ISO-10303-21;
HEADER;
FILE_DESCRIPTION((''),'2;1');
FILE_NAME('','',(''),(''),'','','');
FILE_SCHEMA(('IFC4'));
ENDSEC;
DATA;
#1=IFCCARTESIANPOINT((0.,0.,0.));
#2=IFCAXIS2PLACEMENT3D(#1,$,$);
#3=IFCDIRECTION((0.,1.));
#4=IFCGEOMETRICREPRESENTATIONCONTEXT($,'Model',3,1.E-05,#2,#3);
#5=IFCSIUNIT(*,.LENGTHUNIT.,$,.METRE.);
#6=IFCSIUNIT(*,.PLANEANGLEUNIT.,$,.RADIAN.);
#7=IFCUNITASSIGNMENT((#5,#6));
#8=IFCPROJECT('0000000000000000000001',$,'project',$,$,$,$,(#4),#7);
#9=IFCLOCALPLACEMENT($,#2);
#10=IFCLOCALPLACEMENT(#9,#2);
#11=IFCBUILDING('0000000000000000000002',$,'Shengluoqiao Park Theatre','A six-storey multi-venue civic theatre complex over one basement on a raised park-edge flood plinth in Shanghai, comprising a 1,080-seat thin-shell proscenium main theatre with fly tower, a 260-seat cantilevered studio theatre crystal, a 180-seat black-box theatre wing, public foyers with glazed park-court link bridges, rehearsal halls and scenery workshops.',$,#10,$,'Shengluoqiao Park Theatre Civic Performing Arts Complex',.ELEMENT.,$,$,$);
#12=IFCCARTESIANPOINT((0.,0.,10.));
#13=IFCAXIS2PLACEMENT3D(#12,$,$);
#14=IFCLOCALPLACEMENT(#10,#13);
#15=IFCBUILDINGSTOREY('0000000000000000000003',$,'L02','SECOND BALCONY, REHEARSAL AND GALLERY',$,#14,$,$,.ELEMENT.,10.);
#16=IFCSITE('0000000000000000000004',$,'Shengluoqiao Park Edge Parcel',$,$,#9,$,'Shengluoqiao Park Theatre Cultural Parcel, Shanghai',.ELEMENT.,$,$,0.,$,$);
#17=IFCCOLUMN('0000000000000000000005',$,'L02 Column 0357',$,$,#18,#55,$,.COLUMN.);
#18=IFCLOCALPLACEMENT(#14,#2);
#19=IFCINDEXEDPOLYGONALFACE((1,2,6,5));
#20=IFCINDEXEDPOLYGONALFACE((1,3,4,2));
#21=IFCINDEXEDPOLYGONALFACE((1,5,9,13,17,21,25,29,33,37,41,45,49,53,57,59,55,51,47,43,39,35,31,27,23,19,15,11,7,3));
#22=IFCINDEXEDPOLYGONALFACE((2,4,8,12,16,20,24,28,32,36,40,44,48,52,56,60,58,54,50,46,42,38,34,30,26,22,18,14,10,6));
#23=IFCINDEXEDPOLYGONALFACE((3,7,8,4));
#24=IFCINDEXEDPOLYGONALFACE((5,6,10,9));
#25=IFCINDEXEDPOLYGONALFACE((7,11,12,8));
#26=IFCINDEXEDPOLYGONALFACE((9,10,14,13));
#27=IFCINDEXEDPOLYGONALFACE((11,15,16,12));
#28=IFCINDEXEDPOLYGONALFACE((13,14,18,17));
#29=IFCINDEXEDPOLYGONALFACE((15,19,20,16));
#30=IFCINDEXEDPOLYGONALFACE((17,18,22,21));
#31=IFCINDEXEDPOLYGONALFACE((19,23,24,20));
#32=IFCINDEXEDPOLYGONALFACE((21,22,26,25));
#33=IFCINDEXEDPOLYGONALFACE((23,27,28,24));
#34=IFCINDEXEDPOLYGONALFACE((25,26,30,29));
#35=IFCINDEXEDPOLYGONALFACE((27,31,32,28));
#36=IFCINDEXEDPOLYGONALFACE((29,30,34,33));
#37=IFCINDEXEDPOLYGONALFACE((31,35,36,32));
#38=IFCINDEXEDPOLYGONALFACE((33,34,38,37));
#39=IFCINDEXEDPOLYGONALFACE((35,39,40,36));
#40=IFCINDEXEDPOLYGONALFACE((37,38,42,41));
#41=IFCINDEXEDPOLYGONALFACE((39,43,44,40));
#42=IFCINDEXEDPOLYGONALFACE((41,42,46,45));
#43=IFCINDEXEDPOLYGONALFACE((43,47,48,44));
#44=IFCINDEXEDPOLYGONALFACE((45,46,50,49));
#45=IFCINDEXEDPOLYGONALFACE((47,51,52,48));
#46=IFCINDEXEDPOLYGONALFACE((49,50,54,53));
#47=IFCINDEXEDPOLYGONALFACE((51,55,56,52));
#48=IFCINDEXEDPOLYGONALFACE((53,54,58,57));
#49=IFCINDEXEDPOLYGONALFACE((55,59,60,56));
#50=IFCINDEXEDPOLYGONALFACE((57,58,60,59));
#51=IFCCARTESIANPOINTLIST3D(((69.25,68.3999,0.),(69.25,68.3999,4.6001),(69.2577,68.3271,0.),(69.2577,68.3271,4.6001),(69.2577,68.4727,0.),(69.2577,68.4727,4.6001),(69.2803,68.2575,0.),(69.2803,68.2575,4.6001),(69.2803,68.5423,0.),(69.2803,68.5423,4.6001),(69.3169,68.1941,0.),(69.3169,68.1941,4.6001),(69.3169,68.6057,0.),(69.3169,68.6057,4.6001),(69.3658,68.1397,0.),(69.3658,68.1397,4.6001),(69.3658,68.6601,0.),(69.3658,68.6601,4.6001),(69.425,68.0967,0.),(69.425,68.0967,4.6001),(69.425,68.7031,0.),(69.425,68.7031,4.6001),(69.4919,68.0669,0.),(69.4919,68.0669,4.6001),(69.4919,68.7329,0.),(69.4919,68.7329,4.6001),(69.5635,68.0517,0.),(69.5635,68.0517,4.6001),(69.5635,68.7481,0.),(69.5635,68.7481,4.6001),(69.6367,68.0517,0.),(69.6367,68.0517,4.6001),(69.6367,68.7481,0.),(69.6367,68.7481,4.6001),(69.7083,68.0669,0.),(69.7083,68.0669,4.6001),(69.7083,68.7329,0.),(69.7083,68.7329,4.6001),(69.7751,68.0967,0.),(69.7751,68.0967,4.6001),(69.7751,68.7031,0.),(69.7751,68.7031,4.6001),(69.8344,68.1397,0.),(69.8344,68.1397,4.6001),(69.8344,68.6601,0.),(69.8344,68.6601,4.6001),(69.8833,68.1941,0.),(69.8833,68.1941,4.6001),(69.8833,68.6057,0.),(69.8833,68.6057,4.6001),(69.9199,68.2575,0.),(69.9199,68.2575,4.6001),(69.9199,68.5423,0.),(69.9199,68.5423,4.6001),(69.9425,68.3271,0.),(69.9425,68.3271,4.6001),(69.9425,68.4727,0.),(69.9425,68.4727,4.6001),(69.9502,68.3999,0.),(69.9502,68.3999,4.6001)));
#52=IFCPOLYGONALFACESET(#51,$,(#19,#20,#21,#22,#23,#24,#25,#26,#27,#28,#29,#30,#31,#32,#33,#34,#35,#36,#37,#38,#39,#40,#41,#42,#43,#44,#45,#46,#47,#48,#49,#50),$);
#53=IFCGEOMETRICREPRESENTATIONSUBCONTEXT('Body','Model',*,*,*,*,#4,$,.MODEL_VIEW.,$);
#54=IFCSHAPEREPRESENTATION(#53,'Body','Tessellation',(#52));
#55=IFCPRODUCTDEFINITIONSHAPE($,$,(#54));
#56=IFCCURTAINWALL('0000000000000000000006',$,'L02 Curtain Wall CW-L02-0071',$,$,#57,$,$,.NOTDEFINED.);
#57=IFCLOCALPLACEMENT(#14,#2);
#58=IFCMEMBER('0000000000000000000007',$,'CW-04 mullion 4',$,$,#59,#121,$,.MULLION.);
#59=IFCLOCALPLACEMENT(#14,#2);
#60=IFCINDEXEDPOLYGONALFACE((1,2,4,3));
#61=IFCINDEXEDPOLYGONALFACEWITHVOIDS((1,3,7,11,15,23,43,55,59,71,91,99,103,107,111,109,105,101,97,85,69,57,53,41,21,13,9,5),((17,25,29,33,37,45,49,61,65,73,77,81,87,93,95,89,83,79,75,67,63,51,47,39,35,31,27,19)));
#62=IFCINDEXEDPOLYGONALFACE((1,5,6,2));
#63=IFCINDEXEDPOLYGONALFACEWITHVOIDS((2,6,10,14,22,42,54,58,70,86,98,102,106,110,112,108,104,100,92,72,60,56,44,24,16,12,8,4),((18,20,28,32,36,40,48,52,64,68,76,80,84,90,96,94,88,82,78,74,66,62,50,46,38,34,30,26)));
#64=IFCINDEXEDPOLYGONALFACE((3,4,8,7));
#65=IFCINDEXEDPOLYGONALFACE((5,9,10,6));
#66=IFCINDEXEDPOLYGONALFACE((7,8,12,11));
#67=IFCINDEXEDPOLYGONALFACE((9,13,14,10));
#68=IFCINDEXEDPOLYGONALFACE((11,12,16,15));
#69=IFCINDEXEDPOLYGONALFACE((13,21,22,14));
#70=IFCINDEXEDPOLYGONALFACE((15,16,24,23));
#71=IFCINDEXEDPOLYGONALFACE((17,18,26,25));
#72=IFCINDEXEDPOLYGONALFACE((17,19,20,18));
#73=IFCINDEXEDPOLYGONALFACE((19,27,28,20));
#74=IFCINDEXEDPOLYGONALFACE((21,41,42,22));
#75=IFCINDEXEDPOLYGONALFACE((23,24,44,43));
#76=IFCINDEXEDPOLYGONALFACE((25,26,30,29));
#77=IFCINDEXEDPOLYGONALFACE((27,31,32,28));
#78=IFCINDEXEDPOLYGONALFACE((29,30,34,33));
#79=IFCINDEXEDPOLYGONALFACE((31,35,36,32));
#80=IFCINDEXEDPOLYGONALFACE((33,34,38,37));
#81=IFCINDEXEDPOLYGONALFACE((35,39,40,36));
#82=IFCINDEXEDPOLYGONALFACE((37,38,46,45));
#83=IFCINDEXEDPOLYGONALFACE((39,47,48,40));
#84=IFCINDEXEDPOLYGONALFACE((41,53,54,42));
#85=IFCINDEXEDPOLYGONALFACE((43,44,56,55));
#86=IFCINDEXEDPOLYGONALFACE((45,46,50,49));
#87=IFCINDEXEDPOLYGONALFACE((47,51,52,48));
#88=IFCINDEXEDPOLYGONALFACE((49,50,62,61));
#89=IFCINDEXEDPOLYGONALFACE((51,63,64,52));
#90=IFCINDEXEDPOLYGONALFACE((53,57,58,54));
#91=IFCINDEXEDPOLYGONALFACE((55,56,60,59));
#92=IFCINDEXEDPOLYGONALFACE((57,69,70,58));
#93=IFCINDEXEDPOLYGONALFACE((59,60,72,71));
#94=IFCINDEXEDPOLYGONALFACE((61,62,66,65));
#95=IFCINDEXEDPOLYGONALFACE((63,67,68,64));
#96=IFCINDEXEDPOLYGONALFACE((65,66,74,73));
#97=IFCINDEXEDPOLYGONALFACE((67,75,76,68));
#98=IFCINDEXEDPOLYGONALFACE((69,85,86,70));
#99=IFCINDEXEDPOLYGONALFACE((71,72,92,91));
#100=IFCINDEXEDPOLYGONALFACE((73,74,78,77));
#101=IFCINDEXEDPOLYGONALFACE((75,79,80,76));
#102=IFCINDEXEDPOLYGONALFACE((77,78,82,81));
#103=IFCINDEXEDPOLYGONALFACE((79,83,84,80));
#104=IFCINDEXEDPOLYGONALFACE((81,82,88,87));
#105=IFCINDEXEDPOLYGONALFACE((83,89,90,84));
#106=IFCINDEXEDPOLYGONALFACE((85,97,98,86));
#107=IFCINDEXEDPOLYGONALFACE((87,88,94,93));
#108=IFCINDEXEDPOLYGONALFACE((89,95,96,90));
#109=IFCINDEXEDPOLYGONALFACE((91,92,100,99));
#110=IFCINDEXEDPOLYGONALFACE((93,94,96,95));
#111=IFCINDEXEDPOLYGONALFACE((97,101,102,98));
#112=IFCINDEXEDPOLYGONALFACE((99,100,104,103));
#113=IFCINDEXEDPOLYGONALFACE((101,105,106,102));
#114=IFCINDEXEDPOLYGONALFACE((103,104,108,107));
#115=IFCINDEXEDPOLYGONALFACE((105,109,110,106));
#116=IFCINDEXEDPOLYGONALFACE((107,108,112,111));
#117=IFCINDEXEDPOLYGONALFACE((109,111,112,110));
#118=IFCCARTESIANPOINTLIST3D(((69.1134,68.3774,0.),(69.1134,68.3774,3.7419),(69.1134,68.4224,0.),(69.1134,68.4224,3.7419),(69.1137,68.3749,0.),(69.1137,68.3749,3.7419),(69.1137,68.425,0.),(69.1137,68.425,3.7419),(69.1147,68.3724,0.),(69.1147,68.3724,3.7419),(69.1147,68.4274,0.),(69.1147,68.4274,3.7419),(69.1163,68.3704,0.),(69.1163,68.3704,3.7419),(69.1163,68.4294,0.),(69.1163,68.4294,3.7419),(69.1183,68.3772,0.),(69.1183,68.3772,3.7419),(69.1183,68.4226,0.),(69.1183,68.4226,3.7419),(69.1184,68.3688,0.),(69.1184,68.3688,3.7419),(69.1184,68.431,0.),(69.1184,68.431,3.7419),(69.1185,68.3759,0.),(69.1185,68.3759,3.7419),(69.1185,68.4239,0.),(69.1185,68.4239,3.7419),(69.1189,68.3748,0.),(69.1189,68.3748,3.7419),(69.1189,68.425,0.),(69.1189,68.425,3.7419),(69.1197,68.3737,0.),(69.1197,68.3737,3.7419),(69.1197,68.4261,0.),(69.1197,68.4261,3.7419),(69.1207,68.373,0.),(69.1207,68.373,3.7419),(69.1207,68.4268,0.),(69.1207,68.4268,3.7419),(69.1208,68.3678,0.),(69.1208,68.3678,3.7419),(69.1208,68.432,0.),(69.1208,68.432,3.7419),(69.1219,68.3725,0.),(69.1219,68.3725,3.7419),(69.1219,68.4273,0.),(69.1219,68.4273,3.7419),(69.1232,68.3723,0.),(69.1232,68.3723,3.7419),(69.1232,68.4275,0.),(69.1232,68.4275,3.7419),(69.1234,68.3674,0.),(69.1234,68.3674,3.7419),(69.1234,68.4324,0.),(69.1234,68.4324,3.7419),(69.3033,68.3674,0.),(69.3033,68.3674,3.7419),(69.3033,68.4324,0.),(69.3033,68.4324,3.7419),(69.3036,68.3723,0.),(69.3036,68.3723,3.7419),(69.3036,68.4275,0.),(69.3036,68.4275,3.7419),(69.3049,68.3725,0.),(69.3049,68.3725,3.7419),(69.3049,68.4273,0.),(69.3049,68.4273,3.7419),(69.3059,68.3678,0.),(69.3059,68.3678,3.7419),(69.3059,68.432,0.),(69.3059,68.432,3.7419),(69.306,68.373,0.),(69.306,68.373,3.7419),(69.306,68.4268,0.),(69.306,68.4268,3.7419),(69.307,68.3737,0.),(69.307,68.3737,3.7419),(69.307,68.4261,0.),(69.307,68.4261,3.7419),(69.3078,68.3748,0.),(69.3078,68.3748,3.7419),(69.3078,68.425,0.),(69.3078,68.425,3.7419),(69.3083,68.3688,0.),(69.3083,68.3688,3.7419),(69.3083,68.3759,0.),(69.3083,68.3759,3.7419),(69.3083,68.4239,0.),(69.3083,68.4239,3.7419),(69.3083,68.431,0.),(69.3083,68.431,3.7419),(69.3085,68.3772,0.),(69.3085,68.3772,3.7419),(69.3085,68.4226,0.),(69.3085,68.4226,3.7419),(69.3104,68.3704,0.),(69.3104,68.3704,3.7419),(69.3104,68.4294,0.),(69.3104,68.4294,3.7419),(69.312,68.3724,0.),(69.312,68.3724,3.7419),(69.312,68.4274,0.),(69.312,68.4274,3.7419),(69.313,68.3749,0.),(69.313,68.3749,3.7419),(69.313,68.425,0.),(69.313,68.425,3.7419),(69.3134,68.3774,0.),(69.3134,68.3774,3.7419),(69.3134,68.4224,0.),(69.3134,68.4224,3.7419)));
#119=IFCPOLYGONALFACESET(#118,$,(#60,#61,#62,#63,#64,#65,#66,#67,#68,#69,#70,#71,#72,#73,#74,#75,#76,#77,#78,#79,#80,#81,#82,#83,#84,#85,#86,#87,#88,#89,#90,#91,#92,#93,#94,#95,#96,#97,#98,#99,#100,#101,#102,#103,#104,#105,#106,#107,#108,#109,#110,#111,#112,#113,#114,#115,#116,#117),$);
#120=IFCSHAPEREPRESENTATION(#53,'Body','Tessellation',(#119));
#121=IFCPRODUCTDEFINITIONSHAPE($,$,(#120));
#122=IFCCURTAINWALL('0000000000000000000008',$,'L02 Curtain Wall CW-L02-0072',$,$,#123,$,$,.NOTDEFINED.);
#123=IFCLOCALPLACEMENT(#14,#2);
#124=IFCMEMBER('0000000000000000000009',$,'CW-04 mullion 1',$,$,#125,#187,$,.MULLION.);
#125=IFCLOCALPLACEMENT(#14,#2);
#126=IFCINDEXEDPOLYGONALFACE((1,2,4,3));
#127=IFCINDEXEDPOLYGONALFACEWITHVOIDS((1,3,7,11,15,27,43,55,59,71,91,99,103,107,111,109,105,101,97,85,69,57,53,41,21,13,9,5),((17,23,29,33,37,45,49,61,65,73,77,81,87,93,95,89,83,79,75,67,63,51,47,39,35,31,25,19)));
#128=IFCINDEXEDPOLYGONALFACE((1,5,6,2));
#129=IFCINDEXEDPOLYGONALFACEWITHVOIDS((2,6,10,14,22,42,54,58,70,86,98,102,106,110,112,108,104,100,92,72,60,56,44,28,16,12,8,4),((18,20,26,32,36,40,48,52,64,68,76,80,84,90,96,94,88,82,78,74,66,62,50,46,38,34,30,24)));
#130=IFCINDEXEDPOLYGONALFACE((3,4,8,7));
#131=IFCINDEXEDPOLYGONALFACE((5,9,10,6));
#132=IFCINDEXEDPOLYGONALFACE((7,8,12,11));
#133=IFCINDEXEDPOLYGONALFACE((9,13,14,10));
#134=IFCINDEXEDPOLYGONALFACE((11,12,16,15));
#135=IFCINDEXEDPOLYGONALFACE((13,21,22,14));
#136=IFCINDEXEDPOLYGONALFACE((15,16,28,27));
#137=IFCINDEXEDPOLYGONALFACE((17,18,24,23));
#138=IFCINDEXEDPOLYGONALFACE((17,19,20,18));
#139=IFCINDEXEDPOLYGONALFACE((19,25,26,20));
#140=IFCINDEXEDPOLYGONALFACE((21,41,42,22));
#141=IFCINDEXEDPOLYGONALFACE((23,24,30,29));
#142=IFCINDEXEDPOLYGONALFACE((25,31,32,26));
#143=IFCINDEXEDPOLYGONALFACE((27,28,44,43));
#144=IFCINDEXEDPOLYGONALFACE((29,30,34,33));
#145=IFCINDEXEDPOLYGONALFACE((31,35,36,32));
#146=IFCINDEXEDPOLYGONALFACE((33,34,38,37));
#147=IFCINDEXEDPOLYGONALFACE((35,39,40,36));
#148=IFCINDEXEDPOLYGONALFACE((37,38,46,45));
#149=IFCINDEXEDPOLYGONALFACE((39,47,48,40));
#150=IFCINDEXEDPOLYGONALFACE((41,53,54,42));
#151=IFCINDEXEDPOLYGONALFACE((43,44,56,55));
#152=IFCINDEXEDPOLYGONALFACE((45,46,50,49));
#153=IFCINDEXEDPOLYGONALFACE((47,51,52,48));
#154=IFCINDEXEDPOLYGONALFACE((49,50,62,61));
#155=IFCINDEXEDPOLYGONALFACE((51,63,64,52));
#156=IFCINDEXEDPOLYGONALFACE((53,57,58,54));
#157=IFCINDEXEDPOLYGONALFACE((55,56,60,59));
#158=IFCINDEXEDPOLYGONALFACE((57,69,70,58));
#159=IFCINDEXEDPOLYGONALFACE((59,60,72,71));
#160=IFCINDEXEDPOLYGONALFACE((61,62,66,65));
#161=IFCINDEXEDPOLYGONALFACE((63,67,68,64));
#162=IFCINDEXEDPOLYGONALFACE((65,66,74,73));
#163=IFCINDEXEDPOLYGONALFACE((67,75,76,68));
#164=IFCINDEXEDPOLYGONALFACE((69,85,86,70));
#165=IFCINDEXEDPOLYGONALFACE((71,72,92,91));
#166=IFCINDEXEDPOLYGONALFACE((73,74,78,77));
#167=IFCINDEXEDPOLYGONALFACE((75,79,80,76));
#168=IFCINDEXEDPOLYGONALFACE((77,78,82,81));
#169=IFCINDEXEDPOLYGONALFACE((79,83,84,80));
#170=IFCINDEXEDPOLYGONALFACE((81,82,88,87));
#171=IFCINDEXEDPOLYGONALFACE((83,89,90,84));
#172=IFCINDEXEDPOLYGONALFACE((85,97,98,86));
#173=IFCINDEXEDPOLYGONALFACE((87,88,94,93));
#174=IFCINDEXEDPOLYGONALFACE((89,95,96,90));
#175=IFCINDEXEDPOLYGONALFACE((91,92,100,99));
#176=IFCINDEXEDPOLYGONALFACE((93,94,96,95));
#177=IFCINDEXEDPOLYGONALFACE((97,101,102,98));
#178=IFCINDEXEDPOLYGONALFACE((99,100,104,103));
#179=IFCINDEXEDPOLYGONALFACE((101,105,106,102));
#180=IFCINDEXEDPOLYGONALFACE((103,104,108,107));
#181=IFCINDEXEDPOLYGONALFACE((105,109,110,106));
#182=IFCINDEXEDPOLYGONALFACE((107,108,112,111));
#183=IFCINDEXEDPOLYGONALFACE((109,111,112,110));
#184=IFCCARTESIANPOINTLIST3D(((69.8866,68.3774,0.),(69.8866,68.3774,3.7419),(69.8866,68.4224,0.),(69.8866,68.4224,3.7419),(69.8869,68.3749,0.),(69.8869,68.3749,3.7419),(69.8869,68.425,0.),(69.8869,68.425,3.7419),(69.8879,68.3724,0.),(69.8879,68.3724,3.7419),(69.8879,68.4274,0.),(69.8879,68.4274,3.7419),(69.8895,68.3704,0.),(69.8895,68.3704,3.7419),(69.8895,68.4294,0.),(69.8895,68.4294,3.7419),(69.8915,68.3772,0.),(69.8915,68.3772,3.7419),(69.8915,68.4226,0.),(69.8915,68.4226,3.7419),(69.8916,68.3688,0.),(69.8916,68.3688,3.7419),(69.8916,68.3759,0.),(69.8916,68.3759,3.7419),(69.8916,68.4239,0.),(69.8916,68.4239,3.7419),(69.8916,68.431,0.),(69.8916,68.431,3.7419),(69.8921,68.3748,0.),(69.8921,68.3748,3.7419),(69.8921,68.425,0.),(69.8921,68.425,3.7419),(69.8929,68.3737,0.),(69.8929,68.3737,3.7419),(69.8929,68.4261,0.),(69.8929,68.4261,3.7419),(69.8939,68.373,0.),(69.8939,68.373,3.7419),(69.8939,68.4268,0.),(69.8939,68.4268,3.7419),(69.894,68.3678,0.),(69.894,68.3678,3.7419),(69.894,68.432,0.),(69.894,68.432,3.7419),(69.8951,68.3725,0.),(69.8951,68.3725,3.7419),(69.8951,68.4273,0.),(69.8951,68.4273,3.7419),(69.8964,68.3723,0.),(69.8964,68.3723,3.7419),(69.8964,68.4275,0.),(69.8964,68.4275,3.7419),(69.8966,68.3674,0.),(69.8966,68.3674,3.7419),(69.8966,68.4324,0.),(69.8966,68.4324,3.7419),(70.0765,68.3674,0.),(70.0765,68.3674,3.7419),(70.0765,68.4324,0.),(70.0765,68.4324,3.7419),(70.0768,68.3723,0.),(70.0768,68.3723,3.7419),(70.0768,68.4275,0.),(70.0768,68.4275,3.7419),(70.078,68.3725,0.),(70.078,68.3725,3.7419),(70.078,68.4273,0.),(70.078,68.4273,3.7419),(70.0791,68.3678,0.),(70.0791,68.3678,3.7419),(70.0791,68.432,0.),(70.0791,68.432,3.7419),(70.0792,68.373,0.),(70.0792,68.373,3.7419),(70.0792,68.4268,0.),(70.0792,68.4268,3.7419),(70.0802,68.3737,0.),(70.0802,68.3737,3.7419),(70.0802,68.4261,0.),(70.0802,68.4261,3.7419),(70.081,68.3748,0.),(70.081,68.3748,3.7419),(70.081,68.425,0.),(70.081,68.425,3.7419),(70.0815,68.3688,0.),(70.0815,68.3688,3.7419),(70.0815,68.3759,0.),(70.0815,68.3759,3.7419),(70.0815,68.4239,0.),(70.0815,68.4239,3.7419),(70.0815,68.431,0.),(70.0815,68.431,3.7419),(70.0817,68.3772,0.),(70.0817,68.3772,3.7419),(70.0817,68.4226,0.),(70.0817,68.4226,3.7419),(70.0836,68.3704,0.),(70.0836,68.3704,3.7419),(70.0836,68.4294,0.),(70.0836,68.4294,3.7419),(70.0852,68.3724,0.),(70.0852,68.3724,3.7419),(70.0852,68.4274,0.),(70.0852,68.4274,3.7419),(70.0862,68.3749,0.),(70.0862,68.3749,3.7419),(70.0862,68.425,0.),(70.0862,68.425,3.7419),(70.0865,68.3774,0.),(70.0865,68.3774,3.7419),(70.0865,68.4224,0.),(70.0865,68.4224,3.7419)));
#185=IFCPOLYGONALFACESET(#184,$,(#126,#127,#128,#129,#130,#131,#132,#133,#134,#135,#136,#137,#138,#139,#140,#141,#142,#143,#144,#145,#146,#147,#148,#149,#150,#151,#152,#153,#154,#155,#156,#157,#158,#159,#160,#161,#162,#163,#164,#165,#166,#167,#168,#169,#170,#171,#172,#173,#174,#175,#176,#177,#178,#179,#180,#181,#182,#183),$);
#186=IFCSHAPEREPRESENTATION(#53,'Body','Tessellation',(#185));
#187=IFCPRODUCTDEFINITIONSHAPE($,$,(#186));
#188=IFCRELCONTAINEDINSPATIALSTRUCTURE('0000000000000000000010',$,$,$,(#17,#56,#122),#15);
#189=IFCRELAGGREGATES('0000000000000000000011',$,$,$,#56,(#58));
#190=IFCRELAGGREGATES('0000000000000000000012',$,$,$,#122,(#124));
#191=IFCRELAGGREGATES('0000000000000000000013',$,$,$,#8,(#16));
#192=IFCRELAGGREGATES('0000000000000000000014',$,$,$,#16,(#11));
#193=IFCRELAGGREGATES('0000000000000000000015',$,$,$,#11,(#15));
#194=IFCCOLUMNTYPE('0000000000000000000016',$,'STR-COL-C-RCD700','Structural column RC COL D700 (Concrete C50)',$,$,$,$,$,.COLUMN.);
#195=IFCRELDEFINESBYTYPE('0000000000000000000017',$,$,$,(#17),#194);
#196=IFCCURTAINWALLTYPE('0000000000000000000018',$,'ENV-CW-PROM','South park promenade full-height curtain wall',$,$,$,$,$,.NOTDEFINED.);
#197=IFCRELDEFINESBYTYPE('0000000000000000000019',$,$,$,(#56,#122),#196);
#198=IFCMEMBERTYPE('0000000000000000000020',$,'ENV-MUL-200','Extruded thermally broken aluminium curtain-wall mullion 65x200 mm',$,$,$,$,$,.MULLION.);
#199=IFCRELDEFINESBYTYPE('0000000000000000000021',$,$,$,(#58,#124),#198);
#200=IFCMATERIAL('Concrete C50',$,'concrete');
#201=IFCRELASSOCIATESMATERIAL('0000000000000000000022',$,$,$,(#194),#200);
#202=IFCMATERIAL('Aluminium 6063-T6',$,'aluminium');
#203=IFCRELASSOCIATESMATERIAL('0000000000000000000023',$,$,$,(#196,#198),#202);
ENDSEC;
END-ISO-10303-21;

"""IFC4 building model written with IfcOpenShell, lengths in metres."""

from ifc_helpers import new_model, si_unit, direction, frame, origin, origin_2d, place, context, subcontext, project, spatial, hollow_rectangle, circle, extrude, material, material_profile, profile_set, type_object, element, aggregate, save


model = new_model("IFC4")

# Units and contexts
model_context = context("Model", 3, precision=1e-05, world=origin(), true_north=direction((0.0, 1.0)))
body_context = subcontext(model_context, "Body", "Model", "MODEL_VIEW")
ifc_project = project(units=[si_unit("LENGTHUNIT", "METRE"), si_unit("PLANEANGLEUNIT", "RADIAN")], contexts=[model_context])

# Site, building, storey
site_placement = place(None, origin())
site = spatial("IfcSite", under=ifc_project, at=site_placement, Name="Shengluoqiao Park Edge Parcel", LongName="Shengluoqiao Park Theatre Cultural Parcel, Shanghai", CompositionType="ELEMENT", RefElevation=0.0)
building_placement = place(site_placement, origin())
building = spatial("IfcBuilding", under=site, at=building_placement, Name="Shengluoqiao Park Theatre", Description="A six-storey multi-venue civic theatre complex over one basement on a raised park-edge flood plinth in Shanghai, comprising a 1,080-seat thin-shell proscenium main theatre with fly tower, a 260-seat cantilevered studio theatre crystal, a 180-seat black-box theatre wing, public foyers with glazed park-court link bridges, rehearsal halls and scenery workshops.", LongName="Shengluoqiao Park Theatre Civic Performing Arts Complex", CompositionType="ELEMENT")
storey_placement = place(building_placement, frame((0.0, 0.0, 10.0)))
storey = spatial("IfcBuildingStorey", under=building, at=storey_placement, Name="L02", Description="SECOND BALCONY, REHEARSAL AND GALLERY", CompositionType="ELEMENT", Elevation=10.0)

# Column
ifc_material_1 = material(Name="Concrete C50", Category="concrete")
ifc_material_profile_1 = material_profile(ifc_material_1, circle(Radius=0.3501, at=origin_2d()), Name="RC COL D700")
ifc_profile_set_1 = profile_set([ifc_material_profile_1], Name="Concrete C50")
column_type = type_object("IfcColumnType", Name="STR-COL-C-RCD700", Description="Structural column RC COL D700 (Concrete C50)", PredefinedType="COLUMN", material=ifc_profile_set_1)
column_placement = place(storey_placement, frame((69.6001, 68.3999, 0.0), z_axis=(0.0, 0.0, 1.0), x_axis=(1.0, 0.0, 0.0)))
element("IfcColumn", 1, at=column_placement, inside=storey, type_object=column_type, Name="L02 Column 0357", PredefinedType="COLUMN", context=body_context, shape_type="SweptSolid", body=[
    extrude(circle(Radius=0.3501, at=origin_2d()), origin(), (0.0, 0.0, 1.0), 4.6001),
])

# Curtain wall, member
ifc_material_2 = material(Name="Aluminium 6063-T6", Category="aluminium")
curtain_wall_type = type_object("IfcCurtainWallType", Name="ENV-CW-PROM", Description="South park promenade full-height curtain wall", PredefinedType="NOTDEFINED", material=ifc_material_2)
curtain_wall_1_placement = place(storey_placement, origin())
curtain_wall_1 = element("IfcCurtainWall", 2, at=curtain_wall_1_placement, inside=storey, type_object=curtain_wall_type, Name="L02 Curtain Wall CW-L02-0071", PredefinedType="NOTDEFINED")
ifc_material_profile_2 = material_profile(ifc_material_2, hollow_rectangle(XDim=0.0649, YDim=0.2, WallThickness=0.0049, InnerFilletRadius=0.0049, OuterFilletRadius=0.01, at=origin_2d()), Name="ALU MULLION 200x65x5")
ifc_profile_set_2 = profile_set([ifc_material_profile_2], Name="Aluminium 6063-T6")
member_type_1 = type_object("IfcMemberType", Name="ENV-MUL-200", Description="Extruded thermally broken aluminium curtain-wall mullion 65x200 mm", PredefinedType="MULLION", material=ifc_profile_set_2)
member_1_placement = place(storey_placement, frame((69.2134, 68.3999, 0.0), z_axis=(0.0, 0.0, 1.0), x_axis=(0.0, 1.0, 0.0)))
member_1 = element("IfcMember", 3, at=member_1_placement, type_object=member_type_1, Name="CW-04 mullion 4", PredefinedType="MULLION", context=body_context, shape_type="SweptSolid", body=[
    extrude(hollow_rectangle(XDim=0.0649, YDim=0.2, WallThickness=0.0049, InnerFilletRadius=0.0049, OuterFilletRadius=0.01, at=origin_2d()), origin(), (0.0, 0.0, 1.0), 3.7419),
])

# Curtain wall, member
curtain_wall_2_placement = place(storey_placement, origin())
curtain_wall_2 = element("IfcCurtainWall", 4, at=curtain_wall_2_placement, inside=storey, type_object=curtain_wall_type, Name="L02 Curtain Wall CW-L02-0072", PredefinedType="NOTDEFINED")
member_2_placement = place(storey_placement, frame((69.9866, 68.3999, 0.0), z_axis=(0.0, 0.0, 1.0), x_axis=(0.0, 1.0, 0.0)))
member_2 = element("IfcMember", 5, at=member_2_placement, type_object=member_type_1, Name="CW-04 mullion 1", PredefinedType="MULLION", context=body_context, shape_type="SweptSolid", body=[
    extrude(hollow_rectangle(XDim=0.0649, YDim=0.2, WallThickness=0.0049, InnerFilletRadius=0.0049, OuterFilletRadius=0.01, at=origin_2d()), origin(), (0.0, 0.0, 1.0), 3.7419),
])

aggregate(curtain_wall_1, [member_1])
aggregate(curtain_wall_2, [member_2])

save(model, "model.ifc")
